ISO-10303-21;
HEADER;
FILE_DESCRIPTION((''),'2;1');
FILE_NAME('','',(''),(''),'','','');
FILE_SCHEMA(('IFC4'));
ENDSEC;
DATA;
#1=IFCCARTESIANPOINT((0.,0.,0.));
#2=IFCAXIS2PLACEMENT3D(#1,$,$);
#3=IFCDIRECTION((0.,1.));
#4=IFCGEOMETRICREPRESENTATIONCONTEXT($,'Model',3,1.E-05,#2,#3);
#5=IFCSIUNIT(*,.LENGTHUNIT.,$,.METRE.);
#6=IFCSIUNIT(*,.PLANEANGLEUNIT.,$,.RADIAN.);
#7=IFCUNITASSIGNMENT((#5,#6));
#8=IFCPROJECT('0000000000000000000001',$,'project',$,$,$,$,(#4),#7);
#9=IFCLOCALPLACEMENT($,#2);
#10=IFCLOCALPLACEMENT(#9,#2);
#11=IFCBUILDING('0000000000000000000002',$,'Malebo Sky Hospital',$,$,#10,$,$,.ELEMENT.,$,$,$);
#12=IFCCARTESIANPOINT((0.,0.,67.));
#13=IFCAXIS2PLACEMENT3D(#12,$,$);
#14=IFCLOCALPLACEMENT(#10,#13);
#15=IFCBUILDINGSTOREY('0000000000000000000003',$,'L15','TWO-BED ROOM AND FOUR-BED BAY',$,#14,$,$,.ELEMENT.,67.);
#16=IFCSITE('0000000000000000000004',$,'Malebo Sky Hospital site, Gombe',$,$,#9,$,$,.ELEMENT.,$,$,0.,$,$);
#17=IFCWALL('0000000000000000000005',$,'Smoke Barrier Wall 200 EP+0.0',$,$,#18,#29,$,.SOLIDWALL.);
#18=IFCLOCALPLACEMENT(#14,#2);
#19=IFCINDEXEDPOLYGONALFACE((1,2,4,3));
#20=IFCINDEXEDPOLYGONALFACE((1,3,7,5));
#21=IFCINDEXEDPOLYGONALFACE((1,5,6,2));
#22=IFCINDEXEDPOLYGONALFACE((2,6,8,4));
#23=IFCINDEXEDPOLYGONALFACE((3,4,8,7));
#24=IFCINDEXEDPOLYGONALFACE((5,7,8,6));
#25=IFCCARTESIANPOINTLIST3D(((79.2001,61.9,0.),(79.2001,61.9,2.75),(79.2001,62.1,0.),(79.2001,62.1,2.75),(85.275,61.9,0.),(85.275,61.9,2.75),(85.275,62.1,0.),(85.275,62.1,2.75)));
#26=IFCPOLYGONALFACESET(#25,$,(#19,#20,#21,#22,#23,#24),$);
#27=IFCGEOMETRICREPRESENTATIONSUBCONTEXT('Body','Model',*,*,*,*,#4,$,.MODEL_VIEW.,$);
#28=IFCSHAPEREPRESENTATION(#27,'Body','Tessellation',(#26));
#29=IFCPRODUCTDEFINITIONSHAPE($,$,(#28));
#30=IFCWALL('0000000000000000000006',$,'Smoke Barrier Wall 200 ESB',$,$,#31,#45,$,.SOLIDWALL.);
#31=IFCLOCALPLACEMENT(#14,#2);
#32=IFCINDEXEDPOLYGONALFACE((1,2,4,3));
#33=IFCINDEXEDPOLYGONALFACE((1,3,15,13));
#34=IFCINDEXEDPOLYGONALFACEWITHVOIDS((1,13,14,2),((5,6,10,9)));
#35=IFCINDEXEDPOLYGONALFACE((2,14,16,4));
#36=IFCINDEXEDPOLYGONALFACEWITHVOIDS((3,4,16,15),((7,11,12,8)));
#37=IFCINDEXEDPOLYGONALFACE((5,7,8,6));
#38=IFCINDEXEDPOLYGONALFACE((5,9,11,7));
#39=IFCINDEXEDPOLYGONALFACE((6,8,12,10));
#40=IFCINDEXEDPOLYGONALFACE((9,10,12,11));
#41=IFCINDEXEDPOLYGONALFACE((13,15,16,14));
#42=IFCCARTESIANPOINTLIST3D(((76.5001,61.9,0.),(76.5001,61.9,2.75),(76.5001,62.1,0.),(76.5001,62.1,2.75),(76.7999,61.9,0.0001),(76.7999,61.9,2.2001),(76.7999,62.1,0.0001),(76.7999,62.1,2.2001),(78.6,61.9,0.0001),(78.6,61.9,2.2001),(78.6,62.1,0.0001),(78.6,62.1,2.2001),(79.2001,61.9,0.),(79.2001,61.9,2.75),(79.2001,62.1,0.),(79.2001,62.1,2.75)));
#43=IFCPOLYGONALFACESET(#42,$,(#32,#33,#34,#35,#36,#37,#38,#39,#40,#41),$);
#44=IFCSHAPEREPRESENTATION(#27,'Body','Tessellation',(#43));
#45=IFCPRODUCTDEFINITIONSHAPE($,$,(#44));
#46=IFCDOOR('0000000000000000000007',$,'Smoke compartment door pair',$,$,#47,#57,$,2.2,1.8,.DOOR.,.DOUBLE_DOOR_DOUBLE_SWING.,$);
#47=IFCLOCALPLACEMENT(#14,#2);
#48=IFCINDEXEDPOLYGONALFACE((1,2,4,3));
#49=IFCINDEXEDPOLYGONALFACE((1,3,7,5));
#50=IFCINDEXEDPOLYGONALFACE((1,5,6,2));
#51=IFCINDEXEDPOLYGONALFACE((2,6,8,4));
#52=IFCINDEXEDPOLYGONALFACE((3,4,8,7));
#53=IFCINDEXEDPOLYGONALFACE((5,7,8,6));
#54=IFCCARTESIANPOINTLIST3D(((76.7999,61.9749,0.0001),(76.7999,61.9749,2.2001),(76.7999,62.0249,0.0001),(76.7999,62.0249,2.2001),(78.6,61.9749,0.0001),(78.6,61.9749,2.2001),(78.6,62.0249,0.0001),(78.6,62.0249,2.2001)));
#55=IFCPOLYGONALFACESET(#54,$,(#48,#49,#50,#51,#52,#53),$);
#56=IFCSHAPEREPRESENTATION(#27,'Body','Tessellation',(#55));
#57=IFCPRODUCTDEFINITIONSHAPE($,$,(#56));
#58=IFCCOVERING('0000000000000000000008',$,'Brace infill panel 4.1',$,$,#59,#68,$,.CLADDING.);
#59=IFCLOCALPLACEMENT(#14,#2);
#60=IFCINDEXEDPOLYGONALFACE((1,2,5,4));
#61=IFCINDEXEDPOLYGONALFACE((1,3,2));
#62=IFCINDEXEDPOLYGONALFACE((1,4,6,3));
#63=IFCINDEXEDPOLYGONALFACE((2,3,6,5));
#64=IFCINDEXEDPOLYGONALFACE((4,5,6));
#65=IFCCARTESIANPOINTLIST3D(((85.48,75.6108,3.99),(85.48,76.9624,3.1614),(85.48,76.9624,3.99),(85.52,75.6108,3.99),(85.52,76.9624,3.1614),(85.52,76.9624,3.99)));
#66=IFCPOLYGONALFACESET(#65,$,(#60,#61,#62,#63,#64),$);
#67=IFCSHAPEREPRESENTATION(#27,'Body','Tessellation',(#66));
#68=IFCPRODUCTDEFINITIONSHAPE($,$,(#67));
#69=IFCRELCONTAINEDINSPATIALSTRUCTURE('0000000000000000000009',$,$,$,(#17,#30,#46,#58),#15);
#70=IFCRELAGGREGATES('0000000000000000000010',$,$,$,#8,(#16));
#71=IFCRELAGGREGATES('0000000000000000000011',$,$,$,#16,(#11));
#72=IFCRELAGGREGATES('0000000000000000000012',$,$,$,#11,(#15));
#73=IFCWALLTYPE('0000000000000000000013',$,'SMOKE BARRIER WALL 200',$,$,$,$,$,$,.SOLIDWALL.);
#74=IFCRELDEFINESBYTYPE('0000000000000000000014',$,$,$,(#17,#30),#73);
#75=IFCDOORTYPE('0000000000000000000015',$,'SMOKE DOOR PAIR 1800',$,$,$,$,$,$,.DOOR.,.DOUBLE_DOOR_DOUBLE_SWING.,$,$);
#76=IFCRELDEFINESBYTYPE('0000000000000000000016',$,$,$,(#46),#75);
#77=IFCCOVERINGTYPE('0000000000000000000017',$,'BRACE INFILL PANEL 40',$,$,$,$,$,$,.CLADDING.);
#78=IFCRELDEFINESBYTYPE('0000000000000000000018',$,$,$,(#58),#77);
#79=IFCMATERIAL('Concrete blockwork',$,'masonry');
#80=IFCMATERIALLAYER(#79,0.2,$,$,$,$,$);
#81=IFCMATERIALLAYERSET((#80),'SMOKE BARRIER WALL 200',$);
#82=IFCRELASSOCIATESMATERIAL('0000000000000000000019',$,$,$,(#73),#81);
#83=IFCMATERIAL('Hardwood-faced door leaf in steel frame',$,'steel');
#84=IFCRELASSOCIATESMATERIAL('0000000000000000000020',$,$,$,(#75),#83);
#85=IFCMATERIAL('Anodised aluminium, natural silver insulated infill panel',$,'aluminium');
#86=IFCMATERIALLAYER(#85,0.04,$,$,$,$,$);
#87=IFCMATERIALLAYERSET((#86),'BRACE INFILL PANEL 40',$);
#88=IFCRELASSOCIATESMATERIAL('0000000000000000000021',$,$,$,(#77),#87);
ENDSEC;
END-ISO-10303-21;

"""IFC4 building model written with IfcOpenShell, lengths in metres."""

from ifc_helpers import new_model, si_unit, direction, frame, frame_2d, origin, place, context, subcontext, project, spatial, polyline, rectangle, outline, extrude, material, layer, layer_set, type_object, element, fill, save


model = new_model("IFC4")

# Units and contexts
model_context = context("Model", 3, precision=1e-05, world=origin(), true_north=direction((0.0, 1.0)))
body_context = subcontext(model_context, "Body", "Model", "MODEL_VIEW")
ifc_project = project(units=[si_unit("LENGTHUNIT", "METRE"), si_unit("PLANEANGLEUNIT", "RADIAN")], contexts=[model_context])

# Site, building, storey
site_placement = place(None, origin())
site = spatial("IfcSite", under=ifc_project, at=site_placement, Name="Malebo Sky Hospital site, Gombe", CompositionType="ELEMENT", RefElevation=0.0)
building_placement = place(site_placement, origin())
building = spatial("IfcBuilding", under=site, at=building_placement, Name="Malebo Sky Hospital", CompositionType="ELEMENT")
storey_placement = place(building_placement, frame((0.0, 0.0, 67.0)))
storey = spatial("IfcBuildingStorey", under=building, at=storey_placement, Name="L15", Description="TWO-BED ROOM AND FOUR-BED BAY", CompositionType="ELEMENT", Elevation=67.0)

# Shared definitions
ifc_material_1 = material(Name="Hardwood-faced door leaf in steel frame", Category="steel")

# Wall
ifc_material_2 = material(Name="Concrete blockwork", Category="masonry")
ifc_layer_1 = layer(ifc_material_2, 0.2)
ifc_layer_set_1 = layer_set([ifc_layer_1], Name="SMOKE BARRIER WALL 200")
wall_type_1 = type_object("IfcWallType", Name="SMOKE BARRIER WALL 200", PredefinedType="SOLIDWALL", material=ifc_layer_set_1)
wall_1_placement = place(storey_placement, frame((79.2, 62.0, 0.0), z_axis=(0.0, 0.0, 1.0), x_axis=(1.0, 0.0, 0.0)))
element("IfcWall", 1, at=wall_1_placement, inside=storey, type_object=wall_type_1, Name="Smoke Barrier Wall 200 EP+0.0", PredefinedType="SOLIDWALL", context=body_context, shape_type="SweptSolid", body=[
    extrude(rectangle(XDim=6.075, YDim=0.2, at=frame_2d((3.0376, 0.0))), origin(), (0.0, 0.0, 1.0), 2.75),
])

# Wall, opening, door
wall_2_placement = place(storey_placement, frame((76.5, 62.0, 0.0), z_axis=(0.0, 0.0, 1.0), x_axis=(1.0, 0.0, 0.0)))
wall_2 = element("IfcWall", 2, at=wall_2_placement, inside=storey, type_object=wall_type_1, Name="Smoke Barrier Wall 200 ESB", PredefinedType="SOLIDWALL", context=body_context, shape_type="SweptSolid", body=[
    extrude(rectangle(XDim=2.7, YDim=0.2, at=frame_2d((1.3501, 0.0))), origin(), (0.0, 0.0, 1.0), 2.75),
])
opening_1_placement = place(wall_2_placement, frame((0.3, 0.0, 0.0)))
opening_1 = element("IfcOpeningElement", 3, at=opening_1_placement, cuts=wall_2, PredefinedType="OPENING", context=body_context, shape_type="SweptSolid", body=[
    extrude(rectangle(XDim=1.8, YDim=2.2, at=frame_2d((0.8999, 1.1001))), frame((0.0, 0.1099, 0.0), z_axis=(0.0, -1.0, 0.0), x_axis=(1.0, 0.0, 0.0)), (0.0, 0.0, 1.0), 0.22),
])
door_type_1 = type_object("IfcDoorType", Name="SMOKE DOOR PAIR 1800", OperationType="DOUBLE_DOOR_DOUBLE_SWING", PredefinedType="DOOR", material=ifc_material_1)
door_1_placement = place(opening_1_placement, origin())
door_1 = element("IfcDoor", 4, at=door_1_placement, inside=storey, type_object=door_type_1, Name="Smoke compartment door pair", OperationType="DOUBLE_DOOR_DOUBLE_SWING", OverallHeight=2.2, OverallWidth=1.8, PredefinedType="DOOR", context=body_context, shape_type="SweptSolid", body=[
    extrude(rectangle(XDim=1.8, YDim=2.2, at=frame_2d((0.8999, 1.1001))), frame((0.0, 0.0249, 0.0), z_axis=(0.0, -1.0, 0.0), x_axis=(1.0, 0.0, 0.0)), (0.0, 0.0, 1.0), 0.05),
])
fill(opening_1, door_1)

# Covering
ifc_material_3 = material(Name="Anodised aluminium, natural silver insulated infill panel", Category="aluminium")
ifc_layer_2 = layer(ifc_material_3, 0.04)
ifc_layer_set_2 = layer_set([ifc_layer_2], Name="BRACE INFILL PANEL 40")
covering_type = type_object("IfcCoveringType", Name="BRACE INFILL PANEL 40", PredefinedType="CLADDING", material=ifc_layer_set_2)
covering_placement = place(storey_placement, frame((85.5, 76.2866, 3.1614), z_axis=(0.0, 0.0, 1.0), x_axis=(0.0, -1.0, 0.0)))
element("IfcCovering", 5, at=covering_placement, inside=storey, type_object=covering_type, Name="Brace infill panel 4.1", PredefinedType="CLADDING", context=body_context, shape_type="SweptSolid", body=[
    extrude(outline(polyline([(-0.6758, 0.0), (0.6758, 0.8286), (-0.6758, 0.8286), (-0.6758, 0.0)])), frame((0.0, 0.02, 0.0), z_axis=(0.0, -1.0, 0.0), x_axis=(1.0, 0.0, 0.0)), (0.0, 0.0, 1.0), 0.04),
])

save(model, "model.ifc")
